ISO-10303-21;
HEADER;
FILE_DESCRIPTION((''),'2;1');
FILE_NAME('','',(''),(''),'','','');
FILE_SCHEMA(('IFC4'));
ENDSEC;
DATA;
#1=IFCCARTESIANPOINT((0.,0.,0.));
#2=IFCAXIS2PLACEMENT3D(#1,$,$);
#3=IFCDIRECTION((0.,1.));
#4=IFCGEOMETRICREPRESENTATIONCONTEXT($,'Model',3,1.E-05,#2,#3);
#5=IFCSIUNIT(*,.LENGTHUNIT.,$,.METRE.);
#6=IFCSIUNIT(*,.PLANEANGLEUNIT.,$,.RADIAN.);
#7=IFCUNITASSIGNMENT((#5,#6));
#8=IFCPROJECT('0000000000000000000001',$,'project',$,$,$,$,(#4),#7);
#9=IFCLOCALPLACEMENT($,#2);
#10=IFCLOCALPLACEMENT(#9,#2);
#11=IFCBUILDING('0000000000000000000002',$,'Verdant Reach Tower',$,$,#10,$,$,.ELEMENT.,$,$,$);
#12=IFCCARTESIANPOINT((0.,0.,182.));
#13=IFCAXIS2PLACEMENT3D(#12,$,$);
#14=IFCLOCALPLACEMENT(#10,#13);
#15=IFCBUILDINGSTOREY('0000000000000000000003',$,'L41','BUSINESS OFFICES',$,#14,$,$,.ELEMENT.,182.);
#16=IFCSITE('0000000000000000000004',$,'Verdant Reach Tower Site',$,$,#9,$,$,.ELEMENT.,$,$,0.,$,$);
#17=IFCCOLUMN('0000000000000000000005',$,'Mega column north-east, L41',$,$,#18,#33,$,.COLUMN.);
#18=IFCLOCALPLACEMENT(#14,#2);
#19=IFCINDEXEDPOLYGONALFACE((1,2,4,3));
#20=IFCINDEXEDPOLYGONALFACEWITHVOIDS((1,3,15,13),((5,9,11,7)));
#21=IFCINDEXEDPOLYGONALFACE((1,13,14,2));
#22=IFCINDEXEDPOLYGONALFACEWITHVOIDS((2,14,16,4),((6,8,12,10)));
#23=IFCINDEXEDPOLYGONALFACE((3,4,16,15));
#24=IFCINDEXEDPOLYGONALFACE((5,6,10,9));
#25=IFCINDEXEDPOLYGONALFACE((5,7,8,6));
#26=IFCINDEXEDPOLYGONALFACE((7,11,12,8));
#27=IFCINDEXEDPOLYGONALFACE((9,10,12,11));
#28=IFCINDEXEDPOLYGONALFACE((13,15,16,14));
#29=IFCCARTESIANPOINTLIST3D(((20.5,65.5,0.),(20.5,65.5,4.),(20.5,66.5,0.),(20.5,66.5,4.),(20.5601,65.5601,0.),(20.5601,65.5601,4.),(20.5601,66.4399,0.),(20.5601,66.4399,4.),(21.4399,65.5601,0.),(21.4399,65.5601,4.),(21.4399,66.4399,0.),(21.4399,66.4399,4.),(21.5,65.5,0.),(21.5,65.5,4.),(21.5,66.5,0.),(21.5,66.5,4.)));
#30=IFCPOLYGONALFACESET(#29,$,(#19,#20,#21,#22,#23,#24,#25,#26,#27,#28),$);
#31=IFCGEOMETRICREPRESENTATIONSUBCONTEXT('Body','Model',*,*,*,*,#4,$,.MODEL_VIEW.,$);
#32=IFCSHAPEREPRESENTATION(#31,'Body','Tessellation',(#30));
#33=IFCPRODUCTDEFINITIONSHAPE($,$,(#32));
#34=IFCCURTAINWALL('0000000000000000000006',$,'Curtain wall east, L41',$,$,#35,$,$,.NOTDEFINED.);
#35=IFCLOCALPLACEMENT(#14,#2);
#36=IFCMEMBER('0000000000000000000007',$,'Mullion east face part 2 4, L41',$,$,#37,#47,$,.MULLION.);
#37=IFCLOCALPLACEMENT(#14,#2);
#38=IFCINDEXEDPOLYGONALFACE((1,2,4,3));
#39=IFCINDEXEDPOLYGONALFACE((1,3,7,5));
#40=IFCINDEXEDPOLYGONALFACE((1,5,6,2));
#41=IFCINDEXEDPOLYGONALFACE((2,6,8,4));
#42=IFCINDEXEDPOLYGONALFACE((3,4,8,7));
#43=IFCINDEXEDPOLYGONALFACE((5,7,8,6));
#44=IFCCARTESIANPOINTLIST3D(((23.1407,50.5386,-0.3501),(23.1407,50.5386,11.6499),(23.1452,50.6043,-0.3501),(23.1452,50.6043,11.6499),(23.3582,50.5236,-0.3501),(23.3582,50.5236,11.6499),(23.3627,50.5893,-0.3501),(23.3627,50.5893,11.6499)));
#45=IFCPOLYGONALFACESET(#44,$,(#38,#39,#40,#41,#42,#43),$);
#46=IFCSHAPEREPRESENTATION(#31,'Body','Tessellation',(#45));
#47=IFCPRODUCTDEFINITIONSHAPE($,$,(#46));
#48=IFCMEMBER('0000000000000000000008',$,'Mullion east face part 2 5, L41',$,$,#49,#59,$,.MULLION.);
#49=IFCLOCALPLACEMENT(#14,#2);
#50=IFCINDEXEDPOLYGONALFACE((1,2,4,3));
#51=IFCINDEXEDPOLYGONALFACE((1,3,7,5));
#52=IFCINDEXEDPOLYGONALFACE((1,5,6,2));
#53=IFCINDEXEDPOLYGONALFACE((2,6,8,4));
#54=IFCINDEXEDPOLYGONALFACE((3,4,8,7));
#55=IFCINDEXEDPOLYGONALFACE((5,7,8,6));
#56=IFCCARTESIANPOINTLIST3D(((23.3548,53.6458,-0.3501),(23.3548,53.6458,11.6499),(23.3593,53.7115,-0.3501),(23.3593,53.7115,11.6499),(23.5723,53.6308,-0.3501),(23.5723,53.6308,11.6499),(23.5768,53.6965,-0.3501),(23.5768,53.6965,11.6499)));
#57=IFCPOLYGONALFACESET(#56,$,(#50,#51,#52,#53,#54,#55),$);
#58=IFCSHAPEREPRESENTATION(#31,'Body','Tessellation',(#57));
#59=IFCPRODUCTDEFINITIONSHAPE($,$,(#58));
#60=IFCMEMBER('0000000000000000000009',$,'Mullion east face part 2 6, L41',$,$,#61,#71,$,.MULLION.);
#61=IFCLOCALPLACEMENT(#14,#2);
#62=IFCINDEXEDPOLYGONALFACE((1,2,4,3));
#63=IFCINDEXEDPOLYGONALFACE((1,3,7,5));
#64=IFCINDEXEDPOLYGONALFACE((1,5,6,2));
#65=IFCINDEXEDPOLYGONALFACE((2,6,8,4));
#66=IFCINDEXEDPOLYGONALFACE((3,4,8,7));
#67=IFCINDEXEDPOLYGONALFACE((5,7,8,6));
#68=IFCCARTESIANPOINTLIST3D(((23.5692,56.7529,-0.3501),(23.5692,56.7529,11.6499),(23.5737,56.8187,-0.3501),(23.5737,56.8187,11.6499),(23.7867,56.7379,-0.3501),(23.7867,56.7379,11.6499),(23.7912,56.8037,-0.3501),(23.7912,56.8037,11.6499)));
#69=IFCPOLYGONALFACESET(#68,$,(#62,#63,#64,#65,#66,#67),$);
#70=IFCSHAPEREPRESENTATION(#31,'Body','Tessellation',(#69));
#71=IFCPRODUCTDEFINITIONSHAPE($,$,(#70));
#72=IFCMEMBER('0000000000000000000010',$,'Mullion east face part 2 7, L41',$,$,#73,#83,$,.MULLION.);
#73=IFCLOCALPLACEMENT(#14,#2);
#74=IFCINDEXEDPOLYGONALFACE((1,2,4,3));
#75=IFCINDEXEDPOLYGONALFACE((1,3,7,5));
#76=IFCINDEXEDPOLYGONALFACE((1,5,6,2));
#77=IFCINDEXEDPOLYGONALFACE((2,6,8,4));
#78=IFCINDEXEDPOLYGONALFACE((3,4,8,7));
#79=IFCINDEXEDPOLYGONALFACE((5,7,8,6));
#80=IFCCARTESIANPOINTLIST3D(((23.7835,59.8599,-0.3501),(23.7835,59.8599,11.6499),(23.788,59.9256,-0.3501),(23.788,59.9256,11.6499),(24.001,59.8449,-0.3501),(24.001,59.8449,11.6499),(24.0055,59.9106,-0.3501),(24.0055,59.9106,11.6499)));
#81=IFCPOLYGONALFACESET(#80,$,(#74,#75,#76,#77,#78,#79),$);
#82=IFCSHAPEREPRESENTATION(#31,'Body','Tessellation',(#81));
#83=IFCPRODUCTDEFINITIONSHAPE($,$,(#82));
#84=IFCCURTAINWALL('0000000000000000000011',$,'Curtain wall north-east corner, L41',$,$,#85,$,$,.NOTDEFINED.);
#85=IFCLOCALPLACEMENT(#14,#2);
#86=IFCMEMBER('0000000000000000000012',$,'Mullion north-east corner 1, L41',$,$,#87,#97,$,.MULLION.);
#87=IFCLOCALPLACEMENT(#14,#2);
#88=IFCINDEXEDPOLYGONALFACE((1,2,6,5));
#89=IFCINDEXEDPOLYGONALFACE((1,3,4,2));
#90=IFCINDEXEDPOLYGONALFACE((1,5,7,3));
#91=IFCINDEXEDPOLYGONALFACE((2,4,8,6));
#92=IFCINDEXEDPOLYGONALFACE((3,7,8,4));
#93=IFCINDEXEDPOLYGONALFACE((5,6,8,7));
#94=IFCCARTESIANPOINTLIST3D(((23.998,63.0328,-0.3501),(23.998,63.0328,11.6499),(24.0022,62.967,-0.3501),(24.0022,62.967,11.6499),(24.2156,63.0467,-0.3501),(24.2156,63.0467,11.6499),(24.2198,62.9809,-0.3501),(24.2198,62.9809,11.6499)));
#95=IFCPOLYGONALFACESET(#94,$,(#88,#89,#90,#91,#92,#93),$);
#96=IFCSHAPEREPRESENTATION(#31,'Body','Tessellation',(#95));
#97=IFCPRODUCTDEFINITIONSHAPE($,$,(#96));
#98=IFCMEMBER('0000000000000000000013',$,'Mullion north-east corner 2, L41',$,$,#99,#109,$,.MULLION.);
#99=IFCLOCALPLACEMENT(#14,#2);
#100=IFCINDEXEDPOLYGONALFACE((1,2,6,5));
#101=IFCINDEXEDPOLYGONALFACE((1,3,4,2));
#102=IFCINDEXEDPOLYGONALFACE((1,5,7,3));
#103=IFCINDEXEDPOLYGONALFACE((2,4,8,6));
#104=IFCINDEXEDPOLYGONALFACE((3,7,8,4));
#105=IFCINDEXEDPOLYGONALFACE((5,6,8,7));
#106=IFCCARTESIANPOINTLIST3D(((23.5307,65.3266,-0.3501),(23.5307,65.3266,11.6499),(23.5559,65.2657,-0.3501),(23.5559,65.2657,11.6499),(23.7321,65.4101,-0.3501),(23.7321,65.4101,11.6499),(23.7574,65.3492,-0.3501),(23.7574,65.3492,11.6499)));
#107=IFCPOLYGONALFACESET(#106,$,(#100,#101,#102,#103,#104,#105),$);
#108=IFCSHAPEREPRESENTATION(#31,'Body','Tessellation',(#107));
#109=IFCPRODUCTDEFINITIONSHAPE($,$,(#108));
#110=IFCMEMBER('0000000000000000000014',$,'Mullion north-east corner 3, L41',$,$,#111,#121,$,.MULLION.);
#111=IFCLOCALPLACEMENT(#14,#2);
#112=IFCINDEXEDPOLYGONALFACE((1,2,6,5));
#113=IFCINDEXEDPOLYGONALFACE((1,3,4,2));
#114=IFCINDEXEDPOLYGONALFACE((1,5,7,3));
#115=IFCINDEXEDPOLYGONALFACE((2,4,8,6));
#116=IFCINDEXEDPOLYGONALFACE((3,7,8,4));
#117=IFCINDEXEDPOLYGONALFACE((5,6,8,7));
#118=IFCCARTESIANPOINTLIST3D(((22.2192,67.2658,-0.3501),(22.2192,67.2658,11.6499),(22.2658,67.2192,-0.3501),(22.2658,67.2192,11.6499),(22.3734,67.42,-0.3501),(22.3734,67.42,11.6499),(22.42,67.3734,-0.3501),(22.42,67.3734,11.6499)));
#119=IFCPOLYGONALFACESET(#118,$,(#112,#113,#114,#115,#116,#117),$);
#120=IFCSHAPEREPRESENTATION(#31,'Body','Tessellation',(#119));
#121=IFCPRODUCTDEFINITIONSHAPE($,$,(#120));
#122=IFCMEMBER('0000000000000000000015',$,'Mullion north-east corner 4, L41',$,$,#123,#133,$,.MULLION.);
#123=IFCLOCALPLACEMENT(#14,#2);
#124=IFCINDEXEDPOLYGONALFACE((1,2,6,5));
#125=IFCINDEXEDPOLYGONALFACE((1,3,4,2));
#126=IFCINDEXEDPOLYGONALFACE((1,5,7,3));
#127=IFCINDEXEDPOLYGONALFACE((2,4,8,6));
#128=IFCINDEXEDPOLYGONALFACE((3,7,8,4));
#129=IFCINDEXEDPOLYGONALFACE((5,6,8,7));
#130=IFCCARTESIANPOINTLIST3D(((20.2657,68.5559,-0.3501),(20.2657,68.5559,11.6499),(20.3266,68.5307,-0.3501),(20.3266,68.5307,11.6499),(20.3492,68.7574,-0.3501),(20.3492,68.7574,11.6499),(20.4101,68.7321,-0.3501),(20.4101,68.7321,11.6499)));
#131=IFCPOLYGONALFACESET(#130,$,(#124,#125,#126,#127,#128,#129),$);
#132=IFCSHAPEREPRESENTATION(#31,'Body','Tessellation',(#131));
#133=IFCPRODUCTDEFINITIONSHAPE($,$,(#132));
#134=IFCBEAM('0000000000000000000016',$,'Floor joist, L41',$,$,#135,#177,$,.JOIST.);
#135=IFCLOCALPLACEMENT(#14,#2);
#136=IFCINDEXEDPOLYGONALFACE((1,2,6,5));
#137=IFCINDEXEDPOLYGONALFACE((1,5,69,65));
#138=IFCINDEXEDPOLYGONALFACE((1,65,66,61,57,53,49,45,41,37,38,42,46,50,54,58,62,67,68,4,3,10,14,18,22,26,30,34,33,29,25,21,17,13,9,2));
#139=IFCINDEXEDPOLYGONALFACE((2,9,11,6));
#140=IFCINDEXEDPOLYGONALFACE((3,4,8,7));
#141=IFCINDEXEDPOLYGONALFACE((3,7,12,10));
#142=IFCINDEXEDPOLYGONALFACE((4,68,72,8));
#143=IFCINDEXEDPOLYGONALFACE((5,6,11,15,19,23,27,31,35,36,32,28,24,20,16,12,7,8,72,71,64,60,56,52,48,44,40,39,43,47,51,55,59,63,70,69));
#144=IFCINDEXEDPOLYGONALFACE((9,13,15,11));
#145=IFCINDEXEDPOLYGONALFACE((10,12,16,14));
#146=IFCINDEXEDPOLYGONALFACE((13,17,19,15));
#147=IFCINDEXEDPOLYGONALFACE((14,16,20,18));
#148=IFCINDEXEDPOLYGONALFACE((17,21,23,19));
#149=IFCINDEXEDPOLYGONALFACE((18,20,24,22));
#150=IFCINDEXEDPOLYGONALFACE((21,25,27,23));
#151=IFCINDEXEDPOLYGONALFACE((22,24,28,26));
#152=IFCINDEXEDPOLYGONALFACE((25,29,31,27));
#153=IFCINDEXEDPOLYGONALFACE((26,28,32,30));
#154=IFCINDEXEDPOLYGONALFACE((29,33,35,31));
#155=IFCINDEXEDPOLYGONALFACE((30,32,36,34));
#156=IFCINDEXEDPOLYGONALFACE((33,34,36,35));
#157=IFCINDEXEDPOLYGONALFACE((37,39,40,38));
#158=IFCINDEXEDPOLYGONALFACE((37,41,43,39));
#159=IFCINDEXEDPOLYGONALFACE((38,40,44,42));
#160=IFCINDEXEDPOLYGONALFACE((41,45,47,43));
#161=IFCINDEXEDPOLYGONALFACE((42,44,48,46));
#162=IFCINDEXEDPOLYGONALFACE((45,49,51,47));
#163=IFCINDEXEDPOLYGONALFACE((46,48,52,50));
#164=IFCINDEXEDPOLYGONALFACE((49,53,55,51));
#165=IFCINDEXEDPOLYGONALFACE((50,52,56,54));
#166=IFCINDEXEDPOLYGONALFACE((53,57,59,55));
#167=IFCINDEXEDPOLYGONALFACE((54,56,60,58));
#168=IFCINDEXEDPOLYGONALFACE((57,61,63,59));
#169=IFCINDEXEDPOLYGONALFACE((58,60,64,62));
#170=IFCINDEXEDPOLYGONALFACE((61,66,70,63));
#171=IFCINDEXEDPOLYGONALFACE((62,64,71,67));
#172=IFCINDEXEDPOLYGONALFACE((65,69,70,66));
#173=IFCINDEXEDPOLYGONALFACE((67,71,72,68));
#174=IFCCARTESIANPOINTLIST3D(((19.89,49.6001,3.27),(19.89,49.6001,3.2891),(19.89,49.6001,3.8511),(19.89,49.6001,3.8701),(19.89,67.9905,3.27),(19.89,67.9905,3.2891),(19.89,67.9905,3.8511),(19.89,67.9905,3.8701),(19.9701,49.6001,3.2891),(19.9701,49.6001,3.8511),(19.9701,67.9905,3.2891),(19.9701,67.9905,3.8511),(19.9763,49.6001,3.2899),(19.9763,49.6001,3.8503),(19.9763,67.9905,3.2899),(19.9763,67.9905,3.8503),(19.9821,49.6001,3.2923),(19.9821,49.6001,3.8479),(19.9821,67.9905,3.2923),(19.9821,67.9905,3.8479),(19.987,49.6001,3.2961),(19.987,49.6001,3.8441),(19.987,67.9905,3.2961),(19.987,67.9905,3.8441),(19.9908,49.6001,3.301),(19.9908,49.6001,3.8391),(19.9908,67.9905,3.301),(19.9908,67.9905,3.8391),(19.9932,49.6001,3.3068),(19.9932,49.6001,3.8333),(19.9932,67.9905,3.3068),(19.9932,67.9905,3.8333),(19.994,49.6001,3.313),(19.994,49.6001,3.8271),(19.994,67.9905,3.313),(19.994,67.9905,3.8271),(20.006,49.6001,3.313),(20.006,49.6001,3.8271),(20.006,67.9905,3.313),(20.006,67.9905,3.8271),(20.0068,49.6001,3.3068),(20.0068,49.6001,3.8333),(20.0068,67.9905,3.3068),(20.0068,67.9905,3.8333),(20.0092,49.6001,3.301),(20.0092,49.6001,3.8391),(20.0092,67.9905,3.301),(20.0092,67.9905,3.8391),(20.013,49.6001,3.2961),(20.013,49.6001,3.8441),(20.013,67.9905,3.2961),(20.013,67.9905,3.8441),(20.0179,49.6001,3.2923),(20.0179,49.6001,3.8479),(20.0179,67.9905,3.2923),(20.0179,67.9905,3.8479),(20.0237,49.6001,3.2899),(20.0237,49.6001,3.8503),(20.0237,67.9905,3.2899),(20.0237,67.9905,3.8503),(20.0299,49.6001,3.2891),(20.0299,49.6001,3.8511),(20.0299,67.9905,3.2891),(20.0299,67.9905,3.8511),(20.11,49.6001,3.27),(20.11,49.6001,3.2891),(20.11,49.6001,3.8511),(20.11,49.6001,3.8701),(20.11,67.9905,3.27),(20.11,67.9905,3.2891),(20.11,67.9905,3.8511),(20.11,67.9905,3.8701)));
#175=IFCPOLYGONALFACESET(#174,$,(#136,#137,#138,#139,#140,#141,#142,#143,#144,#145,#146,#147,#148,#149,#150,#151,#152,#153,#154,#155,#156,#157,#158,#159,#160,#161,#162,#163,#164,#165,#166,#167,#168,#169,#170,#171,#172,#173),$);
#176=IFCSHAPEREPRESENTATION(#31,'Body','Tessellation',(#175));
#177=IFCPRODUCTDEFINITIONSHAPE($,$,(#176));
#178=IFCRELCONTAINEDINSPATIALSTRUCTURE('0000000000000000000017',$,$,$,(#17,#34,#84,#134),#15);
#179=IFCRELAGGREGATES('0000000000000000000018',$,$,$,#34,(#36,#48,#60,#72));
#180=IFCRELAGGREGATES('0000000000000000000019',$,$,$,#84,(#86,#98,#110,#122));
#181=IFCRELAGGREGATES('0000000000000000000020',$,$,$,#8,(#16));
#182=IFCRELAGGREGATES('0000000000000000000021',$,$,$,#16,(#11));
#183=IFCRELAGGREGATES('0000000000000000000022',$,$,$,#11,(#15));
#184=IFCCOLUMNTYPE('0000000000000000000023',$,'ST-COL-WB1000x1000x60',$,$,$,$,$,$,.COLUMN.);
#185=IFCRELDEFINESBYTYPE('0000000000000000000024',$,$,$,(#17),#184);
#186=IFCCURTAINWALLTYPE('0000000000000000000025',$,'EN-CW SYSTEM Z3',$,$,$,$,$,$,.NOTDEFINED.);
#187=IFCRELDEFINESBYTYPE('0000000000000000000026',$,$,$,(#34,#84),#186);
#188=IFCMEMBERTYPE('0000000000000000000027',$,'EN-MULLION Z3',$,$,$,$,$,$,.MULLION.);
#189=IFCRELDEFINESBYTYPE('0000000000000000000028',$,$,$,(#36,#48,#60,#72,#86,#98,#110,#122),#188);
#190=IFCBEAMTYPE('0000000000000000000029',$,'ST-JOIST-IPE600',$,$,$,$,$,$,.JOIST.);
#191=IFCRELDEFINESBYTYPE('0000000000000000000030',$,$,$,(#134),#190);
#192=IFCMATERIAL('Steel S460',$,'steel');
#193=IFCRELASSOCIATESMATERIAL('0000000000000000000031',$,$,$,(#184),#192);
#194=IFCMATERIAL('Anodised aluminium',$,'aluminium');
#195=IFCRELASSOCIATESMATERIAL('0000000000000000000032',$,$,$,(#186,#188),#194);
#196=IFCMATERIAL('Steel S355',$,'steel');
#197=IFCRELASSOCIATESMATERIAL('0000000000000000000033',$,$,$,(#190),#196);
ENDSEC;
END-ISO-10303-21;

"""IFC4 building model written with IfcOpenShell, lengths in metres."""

from ifc_helpers import new_model, si_unit, direction, frame, origin, origin_2d, place, context, subcontext, project, spatial, rectangle, hollow_rectangle, i_section, extrude, material, material_profile, profile_set, type_object, element, aggregate, save


model = new_model("IFC4")

# Units and contexts
model_context = context("Model", 3, precision=1e-05, world=origin(), true_north=direction((0.0, 1.0)))
body_context = subcontext(model_context, "Body", "Model", "MODEL_VIEW")
ifc_project = project(units=[si_unit("LENGTHUNIT", "METRE"), si_unit("PLANEANGLEUNIT", "RADIAN")], contexts=[model_context])

# Site, building, storey
site_placement = place(None, origin())
site = spatial("IfcSite", under=ifc_project, at=site_placement, Name="Verdant Reach Tower Site", CompositionType="ELEMENT", RefElevation=0.0)
building_placement = place(site_placement, origin())
building = spatial("IfcBuilding", under=site, at=building_placement, Name="Verdant Reach Tower", CompositionType="ELEMENT")
storey_placement = place(building_placement, frame((0.0, 0.0, 182.0)))
storey = spatial("IfcBuildingStorey", under=building, at=storey_placement, Name="L41", Description="BUSINESS OFFICES", CompositionType="ELEMENT", Elevation=182.0)

# Column
ifc_material_1 = material(Name="Steel S460", Category="steel")
ifc_material_profile_1 = material_profile(ifc_material_1, hollow_rectangle(XDim=1.0, YDim=1.0, WallThickness=0.0601, at=origin_2d()), Name="WB 1000x1000x60")
ifc_profile_set_1 = profile_set([ifc_material_profile_1], Name="Steel S460")
column_type = type_object("IfcColumnType", Name="ST-COL-WB1000x1000x60", PredefinedType="COLUMN", material=ifc_profile_set_1)
column_placement = place(storey_placement, frame((21.0, 66.0, 0.0), z_axis=(0.0, 0.0, 1.0), x_axis=(1.0, 0.0, 0.0)))
element("IfcColumn", 1, at=column_placement, inside=storey, type_object=column_type, Name="Mega column north-east, L41", PredefinedType="COLUMN", context=body_context, shape_type="SweptSolid", body=[
    extrude(hollow_rectangle(XDim=1.0, YDim=1.0, WallThickness=0.0601, at=origin_2d()), origin(), (0.0, 0.0, 1.0), 4.0),
])

# Curtain walls, members
ifc_material_2 = material(Name="Anodised aluminium", Category="aluminium")
curtain_wall_type = type_object("IfcCurtainWallType", Name="EN-CW SYSTEM Z3", PredefinedType="NOTDEFINED", material=ifc_material_2)
curtain_wall_1_placement = place(storey_placement, origin())
curtain_wall_1 = element("IfcCurtainWall", 2, at=curtain_wall_1_placement, inside=storey, type_object=curtain_wall_type, Name="Curtain wall east, L41", PredefinedType="NOTDEFINED")
ifc_material_profile_2 = material_profile(ifc_material_2, rectangle(XDim=0.218, YDim=0.0659, at=origin_2d()), Name="Mullion 66x218")
ifc_profile_set_2 = profile_set([ifc_material_profile_2], Name="Anodised aluminium")
member_type = type_object("IfcMemberType", Name="EN-MULLION Z3", PredefinedType="MULLION", material=ifc_profile_set_2)
member_1_placement = place(storey_placement, frame((23.2517, 50.564, -0.3501), z_axis=(0.0, 0.0, 1.0), x_axis=(0.99763, -0.068802, 0.0)))
member_1 = element("IfcMember", 3, at=member_1_placement, type_object=member_type, Name="Mullion east face part 2 4, L41", PredefinedType="MULLION", context=body_context, shape_type="SweptSolid", body=[
    extrude(rectangle(XDim=0.218, YDim=0.0659, at=origin_2d()), origin(), (0.0, 0.0, 1.0), 12.0),
])
member_2_placement = place(storey_placement, frame((23.4658, 53.6711, -0.3501), z_axis=(0.0, 0.0, 1.0), x_axis=(0.99763, -0.068802, 0.0)))
member_2 = element("IfcMember", 4, at=member_2_placement, type_object=member_type, Name="Mullion east face part 2 5, L41", PredefinedType="MULLION", context=body_context, shape_type="SweptSolid", body=[
    extrude(rectangle(XDim=0.218, YDim=0.0659, at=origin_2d()), origin(), (0.0, 0.0, 1.0), 12.0),
])
member_3_placement = place(storey_placement, frame((23.6802, 56.7783, -0.3501), z_axis=(0.0, 0.0, 1.0), x_axis=(0.99763, -0.068802, 0.0)))
member_3 = element("IfcMember", 5, at=member_3_placement, type_object=member_type, Name="Mullion east face part 2 6, L41", PredefinedType="MULLION", context=body_context, shape_type="SweptSolid", body=[
    extrude(rectangle(XDim=0.218, YDim=0.0659, at=origin_2d()), origin(), (0.0, 0.0, 1.0), 12.0),
])
member_4_placement = place(storey_placement, frame((23.8945, 59.8853, -0.3501), z_axis=(0.0, 0.0, 1.0), x_axis=(0.99763, -0.068802, 0.0)))
member_4 = element("IfcMember", 6, at=member_4_placement, type_object=member_type, Name="Mullion east face part 2 7, L41", PredefinedType="MULLION", context=body_context, shape_type="SweptSolid", body=[
    extrude(rectangle(XDim=0.218, YDim=0.0659, at=origin_2d()), origin(), (0.0, 0.0, 1.0), 12.0),
])
curtain_wall_2_placement = place(storey_placement, origin())
curtain_wall_2 = element("IfcCurtainWall", 7, at=curtain_wall_2_placement, inside=storey, type_object=curtain_wall_type, Name="Curtain wall north-east corner, L41", PredefinedType="NOTDEFINED")
member_5_placement = place(storey_placement, frame((24.1089, 63.0068, -0.3501), z_axis=(0.0, 0.0, 1.0), x_axis=(0.997969, 0.063699, 0.0)))
member_5 = element("IfcMember", 8, at=member_5_placement, type_object=member_type, Name="Mullion north-east corner 1, L41", PredefinedType="MULLION", context=body_context, shape_type="SweptSolid", body=[
    extrude(rectangle(XDim=0.218, YDim=0.0659, at=origin_2d()), origin(), (0.0, 0.0, 1.0), 12.0),
])
member_6_placement = place(storey_placement, frame((23.644, 65.3379, -0.3501), z_axis=(0.0, 0.0, 1.0), x_axis=(0.923875, 0.382694, 0.0)))
member_6 = element("IfcMember", 9, at=member_6_placement, type_object=member_type, Name="Mullion north-east corner 2, L41", PredefinedType="MULLION", context=body_context, shape_type="SweptSolid", body=[
    extrude(rectangle(XDim=0.218, YDim=0.0659, at=origin_2d()), origin(), (0.0, 0.0, 1.0), 12.0),
])
member_7_placement = place(storey_placement, frame((22.3196, 67.3196, -0.3501), z_axis=(0.0, 0.0, 1.0), x_axis=(0.707107, 0.707107, 0.0)))
member_7 = element("IfcMember", 10, at=member_7_placement, type_object=member_type, Name="Mullion north-east corner 3, L41", PredefinedType="MULLION", context=body_context, shape_type="SweptSolid", body=[
    extrude(rectangle(XDim=0.218, YDim=0.0659, at=origin_2d()), origin(), (0.0, 0.0, 1.0), 12.0),
])
member_8_placement = place(storey_placement, frame((20.3379, 68.644, -0.3501), z_axis=(0.0, 0.0, 1.0), x_axis=(0.382694, 0.923875, 0.0)))
member_8 = element("IfcMember", 11, at=member_8_placement, type_object=member_type, Name="Mullion north-east corner 4, L41", PredefinedType="MULLION", context=body_context, shape_type="SweptSolid", body=[
    extrude(rectangle(XDim=0.218, YDim=0.0659, at=origin_2d()), origin(), (0.0, 0.0, 1.0), 12.0),
])

# Beam
ifc_material_3 = material(Name="Steel S355", Category="steel")
ifc_material_profile_3 = material_profile(ifc_material_3, i_section(OverallWidth=0.22, OverallDepth=0.6001, WebThickness=0.012, FlangeThickness=0.019, FilletRadius=0.0239, at=origin_2d()), Name="IPE 600")
ifc_profile_set_3 = profile_set([ifc_material_profile_3], Name="Steel S355")
beam_type_1 = type_object("IfcBeamType", Name="ST-JOIST-IPE600", PredefinedType="JOIST", material=ifc_profile_set_3)
beam_1_placement = place(storey_placement, frame((20.0, 49.6001, 3.5701), z_axis=(0.0, 1.0, 0.0), x_axis=(-1.0, 0.0, 0.0)))
element("IfcBeam", 12, at=beam_1_placement, inside=storey, type_object=beam_type_1, Name="Floor joist, L41", PredefinedType="JOIST", context=body_context, shape_type="SweptSolid", body=[
    extrude(i_section(OverallWidth=0.22, OverallDepth=0.6001, WebThickness=0.012, FlangeThickness=0.019, FilletRadius=0.0239, at=origin_2d()), origin(), (0.0, 0.0, 1.0), 18.3904),
])

aggregate(curtain_wall_1, [member_1, member_2, member_3, member_4])
aggregate(curtain_wall_2, [member_5, member_6, member_7, member_8])

save(model, "model.ifc")
